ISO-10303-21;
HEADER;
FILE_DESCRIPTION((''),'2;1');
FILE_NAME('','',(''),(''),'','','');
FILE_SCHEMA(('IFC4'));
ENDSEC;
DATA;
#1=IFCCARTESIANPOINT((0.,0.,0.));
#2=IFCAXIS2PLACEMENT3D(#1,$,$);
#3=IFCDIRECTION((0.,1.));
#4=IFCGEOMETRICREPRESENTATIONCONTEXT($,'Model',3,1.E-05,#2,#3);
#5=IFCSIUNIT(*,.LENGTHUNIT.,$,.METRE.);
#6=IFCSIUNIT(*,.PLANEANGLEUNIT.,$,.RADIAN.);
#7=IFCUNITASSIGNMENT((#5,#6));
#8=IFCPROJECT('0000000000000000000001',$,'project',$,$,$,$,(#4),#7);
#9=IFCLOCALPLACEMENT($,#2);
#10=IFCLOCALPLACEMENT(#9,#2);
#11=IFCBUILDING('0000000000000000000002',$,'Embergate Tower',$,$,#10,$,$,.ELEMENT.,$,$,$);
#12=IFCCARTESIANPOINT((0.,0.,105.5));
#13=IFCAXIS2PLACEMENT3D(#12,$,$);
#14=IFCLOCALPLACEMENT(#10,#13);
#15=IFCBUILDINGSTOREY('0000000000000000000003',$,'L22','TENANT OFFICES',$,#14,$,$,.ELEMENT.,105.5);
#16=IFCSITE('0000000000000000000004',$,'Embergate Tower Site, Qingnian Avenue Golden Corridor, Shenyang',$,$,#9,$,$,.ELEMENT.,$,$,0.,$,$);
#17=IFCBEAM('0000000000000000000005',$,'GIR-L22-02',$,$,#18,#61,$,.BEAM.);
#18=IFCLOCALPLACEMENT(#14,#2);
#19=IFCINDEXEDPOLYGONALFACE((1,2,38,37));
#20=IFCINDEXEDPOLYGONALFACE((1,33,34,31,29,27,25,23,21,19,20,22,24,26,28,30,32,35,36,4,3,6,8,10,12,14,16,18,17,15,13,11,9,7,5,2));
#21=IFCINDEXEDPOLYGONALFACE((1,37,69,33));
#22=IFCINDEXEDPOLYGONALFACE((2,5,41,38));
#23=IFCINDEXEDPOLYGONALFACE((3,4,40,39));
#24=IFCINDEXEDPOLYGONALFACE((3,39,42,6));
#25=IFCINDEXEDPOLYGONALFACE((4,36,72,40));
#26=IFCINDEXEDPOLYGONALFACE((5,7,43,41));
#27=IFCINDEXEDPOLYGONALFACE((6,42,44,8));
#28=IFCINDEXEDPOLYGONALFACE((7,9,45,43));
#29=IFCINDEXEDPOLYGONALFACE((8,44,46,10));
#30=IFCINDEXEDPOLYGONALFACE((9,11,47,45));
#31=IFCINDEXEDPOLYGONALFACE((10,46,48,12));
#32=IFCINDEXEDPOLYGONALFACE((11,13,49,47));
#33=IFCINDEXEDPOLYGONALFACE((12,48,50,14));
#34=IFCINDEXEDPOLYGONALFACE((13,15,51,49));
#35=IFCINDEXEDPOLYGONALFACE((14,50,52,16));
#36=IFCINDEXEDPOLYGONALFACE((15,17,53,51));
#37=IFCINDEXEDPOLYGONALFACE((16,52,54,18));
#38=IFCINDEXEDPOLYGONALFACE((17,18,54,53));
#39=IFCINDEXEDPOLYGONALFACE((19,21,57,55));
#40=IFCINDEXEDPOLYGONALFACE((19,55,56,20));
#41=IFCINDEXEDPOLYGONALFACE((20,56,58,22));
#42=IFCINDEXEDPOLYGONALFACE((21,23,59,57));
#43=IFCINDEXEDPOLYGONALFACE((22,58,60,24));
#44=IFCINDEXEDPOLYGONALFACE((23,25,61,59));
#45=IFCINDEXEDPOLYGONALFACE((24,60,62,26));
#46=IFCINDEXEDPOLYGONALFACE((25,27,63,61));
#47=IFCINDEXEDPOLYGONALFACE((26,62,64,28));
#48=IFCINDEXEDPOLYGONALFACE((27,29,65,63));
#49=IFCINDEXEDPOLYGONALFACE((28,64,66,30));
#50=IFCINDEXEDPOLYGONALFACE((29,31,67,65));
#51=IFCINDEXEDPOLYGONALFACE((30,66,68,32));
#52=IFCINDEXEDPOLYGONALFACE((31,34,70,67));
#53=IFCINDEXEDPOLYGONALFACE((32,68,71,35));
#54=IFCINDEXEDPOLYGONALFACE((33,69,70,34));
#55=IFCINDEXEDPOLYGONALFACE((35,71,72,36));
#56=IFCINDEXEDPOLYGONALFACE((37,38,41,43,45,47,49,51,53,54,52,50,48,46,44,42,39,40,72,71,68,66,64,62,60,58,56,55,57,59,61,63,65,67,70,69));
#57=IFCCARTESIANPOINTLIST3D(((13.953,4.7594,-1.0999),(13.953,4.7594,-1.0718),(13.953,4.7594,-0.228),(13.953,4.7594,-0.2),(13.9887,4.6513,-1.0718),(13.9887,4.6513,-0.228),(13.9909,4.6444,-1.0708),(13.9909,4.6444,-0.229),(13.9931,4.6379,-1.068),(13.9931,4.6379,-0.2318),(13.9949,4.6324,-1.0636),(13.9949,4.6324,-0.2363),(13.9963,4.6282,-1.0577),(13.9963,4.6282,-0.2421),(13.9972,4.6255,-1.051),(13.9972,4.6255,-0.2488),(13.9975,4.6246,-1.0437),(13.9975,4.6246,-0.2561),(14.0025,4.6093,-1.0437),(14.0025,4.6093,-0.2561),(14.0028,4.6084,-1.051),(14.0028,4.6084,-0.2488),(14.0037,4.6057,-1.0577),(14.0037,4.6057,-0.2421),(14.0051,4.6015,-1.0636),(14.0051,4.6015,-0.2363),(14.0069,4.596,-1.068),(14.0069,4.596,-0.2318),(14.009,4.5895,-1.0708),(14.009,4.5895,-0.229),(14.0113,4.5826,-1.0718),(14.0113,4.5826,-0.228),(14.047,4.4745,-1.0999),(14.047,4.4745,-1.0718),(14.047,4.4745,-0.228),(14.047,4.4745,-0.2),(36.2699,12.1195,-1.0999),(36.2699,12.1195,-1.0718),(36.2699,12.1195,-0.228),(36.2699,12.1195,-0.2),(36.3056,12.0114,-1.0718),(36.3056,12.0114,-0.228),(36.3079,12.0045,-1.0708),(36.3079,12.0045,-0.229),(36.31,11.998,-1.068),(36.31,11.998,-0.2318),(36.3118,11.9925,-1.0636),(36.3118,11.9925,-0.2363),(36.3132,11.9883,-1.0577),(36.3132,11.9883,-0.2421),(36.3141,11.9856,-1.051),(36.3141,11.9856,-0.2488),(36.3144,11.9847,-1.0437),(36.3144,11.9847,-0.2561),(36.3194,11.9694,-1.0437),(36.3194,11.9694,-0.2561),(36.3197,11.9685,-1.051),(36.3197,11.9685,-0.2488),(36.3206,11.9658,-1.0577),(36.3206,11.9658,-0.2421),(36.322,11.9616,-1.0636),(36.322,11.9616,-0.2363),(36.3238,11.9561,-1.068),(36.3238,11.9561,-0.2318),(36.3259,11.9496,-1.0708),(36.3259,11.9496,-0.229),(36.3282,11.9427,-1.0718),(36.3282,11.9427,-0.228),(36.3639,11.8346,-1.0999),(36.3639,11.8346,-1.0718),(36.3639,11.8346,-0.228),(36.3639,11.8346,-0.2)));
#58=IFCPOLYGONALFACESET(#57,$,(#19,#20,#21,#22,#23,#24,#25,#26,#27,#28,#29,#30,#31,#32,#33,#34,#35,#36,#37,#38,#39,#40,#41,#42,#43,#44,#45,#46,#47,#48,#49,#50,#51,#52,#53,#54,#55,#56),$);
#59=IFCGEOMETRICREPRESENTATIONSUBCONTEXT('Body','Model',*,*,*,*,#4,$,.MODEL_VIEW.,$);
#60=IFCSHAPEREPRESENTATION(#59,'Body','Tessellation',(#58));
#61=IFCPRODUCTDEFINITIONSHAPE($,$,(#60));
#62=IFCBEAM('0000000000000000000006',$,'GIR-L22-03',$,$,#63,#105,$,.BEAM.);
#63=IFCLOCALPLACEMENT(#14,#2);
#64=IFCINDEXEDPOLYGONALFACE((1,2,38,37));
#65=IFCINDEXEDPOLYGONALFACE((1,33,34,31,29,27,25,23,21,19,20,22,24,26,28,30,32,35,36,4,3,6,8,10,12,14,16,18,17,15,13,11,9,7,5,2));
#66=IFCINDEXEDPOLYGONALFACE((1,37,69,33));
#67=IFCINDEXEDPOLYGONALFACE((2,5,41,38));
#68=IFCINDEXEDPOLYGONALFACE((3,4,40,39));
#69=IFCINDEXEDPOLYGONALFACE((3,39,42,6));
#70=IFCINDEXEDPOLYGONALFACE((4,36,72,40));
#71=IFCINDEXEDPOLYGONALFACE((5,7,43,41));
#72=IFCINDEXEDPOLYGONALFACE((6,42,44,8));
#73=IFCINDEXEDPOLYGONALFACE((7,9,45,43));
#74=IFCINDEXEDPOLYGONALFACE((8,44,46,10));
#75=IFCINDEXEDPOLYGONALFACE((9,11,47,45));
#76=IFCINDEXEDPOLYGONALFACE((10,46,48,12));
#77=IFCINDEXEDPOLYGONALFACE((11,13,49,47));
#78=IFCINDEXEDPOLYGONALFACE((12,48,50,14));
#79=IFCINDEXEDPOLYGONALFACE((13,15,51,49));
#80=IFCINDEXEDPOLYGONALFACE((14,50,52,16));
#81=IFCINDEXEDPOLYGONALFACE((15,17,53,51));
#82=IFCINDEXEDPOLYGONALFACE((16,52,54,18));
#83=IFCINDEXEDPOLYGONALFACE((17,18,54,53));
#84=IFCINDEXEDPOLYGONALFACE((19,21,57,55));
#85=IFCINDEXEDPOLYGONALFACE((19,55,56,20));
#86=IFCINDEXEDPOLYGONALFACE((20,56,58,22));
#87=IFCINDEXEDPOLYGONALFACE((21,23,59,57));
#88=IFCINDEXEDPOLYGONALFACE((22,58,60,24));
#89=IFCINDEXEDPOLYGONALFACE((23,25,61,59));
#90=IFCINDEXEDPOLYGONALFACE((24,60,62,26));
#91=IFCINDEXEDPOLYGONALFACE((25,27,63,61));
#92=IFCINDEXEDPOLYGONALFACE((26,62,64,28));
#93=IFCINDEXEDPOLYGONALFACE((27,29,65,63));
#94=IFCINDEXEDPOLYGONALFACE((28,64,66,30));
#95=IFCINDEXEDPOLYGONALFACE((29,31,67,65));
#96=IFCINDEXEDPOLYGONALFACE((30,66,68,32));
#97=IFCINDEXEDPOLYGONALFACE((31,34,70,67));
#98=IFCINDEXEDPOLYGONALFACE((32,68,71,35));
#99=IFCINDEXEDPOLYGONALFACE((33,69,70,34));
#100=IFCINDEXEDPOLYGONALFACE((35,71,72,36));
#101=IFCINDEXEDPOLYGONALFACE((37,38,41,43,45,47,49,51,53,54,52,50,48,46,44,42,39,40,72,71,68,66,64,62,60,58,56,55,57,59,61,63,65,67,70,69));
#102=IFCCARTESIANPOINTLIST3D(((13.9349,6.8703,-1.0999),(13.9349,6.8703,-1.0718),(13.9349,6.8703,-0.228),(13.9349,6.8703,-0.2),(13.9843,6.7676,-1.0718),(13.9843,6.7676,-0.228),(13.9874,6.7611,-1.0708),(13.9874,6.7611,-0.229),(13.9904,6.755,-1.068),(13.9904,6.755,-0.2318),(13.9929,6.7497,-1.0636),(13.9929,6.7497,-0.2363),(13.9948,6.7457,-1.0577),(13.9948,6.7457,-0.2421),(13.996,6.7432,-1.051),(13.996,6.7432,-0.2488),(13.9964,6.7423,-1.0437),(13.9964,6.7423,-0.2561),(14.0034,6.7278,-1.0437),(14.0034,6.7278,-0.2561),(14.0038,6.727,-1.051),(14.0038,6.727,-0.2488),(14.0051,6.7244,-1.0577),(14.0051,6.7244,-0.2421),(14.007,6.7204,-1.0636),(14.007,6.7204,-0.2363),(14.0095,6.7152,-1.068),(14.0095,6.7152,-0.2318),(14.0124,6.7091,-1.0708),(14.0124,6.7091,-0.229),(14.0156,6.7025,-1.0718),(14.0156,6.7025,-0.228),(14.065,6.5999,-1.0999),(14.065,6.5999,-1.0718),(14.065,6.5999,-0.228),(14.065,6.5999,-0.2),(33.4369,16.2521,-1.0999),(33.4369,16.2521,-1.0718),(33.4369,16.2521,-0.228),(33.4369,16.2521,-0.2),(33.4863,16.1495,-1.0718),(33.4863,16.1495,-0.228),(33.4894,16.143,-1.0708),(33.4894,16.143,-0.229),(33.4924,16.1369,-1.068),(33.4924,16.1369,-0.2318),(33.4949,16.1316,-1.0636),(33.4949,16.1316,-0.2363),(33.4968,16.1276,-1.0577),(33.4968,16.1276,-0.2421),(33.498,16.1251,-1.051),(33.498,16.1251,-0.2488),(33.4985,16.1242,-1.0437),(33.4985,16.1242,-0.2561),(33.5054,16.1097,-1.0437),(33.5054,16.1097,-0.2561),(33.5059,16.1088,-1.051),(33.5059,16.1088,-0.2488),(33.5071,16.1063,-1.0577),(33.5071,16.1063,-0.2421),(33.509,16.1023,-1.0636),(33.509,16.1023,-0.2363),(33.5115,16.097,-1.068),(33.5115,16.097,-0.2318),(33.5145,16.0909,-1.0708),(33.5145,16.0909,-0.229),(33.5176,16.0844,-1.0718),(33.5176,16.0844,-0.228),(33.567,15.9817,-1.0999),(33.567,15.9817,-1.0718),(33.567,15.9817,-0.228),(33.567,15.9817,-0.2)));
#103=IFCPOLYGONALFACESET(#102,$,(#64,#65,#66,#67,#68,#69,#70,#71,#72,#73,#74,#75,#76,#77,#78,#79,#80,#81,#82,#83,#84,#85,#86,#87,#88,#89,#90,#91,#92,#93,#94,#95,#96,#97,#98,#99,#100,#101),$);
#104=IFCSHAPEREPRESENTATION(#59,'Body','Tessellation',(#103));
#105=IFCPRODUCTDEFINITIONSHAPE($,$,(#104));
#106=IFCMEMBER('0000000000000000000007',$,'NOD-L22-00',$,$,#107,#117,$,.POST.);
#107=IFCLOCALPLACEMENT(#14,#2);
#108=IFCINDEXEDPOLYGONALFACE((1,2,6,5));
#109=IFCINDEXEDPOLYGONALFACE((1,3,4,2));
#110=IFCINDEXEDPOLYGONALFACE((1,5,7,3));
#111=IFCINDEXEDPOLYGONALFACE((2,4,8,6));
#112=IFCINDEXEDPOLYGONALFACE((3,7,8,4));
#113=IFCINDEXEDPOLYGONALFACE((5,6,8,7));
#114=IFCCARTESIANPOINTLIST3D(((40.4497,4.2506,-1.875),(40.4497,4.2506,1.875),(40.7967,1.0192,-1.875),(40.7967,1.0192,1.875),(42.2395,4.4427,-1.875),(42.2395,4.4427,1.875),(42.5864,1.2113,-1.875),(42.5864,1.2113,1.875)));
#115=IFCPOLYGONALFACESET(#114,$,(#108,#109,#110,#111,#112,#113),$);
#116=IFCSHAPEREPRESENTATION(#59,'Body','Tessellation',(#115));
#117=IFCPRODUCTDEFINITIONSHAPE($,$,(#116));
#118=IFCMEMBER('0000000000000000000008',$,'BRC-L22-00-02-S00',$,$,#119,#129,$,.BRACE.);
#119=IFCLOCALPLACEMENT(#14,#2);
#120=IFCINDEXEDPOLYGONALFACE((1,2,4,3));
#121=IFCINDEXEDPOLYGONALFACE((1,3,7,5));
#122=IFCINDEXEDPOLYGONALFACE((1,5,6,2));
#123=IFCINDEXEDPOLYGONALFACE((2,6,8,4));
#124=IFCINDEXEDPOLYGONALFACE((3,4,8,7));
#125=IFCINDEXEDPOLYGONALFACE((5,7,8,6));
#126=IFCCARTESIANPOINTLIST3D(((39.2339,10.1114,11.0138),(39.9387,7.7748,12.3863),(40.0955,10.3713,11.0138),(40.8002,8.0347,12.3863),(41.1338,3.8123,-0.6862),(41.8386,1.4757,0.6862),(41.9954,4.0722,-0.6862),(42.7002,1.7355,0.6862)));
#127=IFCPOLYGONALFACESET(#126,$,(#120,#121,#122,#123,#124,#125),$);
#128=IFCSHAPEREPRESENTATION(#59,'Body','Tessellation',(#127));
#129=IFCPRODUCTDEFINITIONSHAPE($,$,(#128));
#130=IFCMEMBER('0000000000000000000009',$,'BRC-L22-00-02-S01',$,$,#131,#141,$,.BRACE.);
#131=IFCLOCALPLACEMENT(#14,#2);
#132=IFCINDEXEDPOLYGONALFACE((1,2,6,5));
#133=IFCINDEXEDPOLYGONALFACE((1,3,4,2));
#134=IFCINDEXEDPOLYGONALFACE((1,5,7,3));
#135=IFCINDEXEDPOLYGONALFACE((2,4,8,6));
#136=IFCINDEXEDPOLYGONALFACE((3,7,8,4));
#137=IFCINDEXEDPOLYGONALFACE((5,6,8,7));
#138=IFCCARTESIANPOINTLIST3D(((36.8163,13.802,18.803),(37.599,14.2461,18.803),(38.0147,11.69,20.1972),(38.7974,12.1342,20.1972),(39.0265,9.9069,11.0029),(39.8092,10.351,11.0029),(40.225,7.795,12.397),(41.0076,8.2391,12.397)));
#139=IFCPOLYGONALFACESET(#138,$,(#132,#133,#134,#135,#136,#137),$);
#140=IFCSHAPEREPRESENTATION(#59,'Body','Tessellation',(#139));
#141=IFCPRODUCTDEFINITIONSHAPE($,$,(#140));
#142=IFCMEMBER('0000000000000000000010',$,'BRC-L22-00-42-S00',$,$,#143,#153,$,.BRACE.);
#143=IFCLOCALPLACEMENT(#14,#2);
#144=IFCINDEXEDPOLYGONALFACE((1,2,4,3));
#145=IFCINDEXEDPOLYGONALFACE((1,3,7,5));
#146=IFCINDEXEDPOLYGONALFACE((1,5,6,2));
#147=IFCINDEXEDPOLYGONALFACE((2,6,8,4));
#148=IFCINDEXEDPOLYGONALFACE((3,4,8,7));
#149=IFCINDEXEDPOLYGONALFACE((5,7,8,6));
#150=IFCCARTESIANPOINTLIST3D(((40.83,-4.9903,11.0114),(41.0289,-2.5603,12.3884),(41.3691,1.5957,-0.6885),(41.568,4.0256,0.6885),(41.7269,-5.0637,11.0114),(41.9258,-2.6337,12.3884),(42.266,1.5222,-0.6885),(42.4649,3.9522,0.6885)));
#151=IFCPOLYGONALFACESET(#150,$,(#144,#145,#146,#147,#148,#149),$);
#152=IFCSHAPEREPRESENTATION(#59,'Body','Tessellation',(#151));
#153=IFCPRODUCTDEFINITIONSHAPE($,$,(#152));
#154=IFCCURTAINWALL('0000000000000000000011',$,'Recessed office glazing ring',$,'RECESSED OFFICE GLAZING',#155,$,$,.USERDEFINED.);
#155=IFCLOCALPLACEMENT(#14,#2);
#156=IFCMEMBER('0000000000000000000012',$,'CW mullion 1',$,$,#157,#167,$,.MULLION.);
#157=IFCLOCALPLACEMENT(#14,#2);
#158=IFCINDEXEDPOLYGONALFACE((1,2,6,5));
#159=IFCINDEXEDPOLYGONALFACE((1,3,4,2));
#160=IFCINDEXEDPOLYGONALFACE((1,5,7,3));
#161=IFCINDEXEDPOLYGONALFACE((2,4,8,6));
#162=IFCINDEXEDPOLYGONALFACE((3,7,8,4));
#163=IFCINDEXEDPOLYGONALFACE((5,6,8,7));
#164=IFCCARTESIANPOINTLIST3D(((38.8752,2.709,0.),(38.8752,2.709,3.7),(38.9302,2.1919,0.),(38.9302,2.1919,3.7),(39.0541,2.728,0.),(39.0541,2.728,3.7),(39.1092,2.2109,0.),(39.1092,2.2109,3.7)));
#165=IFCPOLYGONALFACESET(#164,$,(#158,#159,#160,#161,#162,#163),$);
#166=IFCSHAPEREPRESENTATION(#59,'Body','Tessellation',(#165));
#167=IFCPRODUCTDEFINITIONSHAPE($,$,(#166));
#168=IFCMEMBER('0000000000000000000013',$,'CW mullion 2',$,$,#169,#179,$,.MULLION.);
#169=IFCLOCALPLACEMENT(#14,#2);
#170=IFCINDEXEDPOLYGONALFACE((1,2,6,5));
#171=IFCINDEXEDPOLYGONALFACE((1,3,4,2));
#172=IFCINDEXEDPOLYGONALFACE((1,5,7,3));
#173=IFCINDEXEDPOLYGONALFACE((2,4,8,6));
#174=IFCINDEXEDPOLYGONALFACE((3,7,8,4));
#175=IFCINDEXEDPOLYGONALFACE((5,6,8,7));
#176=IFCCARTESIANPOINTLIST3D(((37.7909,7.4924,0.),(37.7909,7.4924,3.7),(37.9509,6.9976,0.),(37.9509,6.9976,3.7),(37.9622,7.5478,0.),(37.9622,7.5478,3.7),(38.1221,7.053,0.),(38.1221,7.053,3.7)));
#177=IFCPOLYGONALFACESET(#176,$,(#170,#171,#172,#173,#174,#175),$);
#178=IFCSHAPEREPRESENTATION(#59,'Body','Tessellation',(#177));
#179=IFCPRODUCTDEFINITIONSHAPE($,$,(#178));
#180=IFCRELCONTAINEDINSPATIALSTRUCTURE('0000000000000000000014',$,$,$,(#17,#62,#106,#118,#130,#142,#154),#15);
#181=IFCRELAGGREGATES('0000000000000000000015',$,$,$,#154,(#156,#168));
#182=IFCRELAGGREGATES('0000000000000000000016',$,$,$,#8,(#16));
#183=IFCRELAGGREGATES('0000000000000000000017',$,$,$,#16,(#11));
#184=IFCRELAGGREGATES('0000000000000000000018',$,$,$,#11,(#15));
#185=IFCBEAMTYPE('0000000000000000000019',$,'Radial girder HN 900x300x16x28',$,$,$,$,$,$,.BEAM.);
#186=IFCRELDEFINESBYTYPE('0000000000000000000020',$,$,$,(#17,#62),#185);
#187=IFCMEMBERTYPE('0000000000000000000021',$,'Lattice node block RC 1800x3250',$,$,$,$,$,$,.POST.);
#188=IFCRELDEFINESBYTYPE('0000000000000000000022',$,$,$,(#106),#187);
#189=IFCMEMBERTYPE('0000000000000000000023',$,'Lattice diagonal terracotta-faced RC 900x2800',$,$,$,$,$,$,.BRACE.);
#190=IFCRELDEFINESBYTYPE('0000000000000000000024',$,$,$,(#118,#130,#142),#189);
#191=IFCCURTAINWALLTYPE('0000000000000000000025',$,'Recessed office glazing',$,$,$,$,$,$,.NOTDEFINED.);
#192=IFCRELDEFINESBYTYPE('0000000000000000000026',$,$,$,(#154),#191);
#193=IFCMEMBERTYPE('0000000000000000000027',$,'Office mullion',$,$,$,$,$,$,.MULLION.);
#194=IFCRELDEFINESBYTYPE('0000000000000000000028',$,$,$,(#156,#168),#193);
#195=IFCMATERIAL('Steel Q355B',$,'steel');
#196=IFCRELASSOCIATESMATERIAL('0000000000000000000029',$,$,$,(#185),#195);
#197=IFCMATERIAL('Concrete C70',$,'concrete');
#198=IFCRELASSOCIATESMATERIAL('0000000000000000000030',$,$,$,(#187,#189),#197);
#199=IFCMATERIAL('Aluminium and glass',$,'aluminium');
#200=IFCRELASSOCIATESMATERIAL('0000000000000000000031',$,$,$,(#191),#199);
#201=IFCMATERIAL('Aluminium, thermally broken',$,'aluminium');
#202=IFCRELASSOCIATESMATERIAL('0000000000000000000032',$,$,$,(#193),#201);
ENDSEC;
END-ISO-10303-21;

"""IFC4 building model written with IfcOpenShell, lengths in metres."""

from ifc_helpers import new_model, si_unit, direction, frame, origin, origin_2d, place, context, subcontext, project, spatial, rectangle, i_section, extrude, source, transform, mapped, material, material_profile, profile_set, type_object, element, aggregate, save


model = new_model("IFC4")

# Units and contexts
model_context = context("Model", 3, precision=1e-05, world=origin(), true_north=direction((0.0, 1.0)))
body_context = subcontext(model_context, "Body", "Model", "MODEL_VIEW")
ifc_project = project(units=[si_unit("LENGTHUNIT", "METRE"), si_unit("PLANEANGLEUNIT", "RADIAN")], contexts=[model_context])

# Site, building, storey
site_placement = place(None, origin())
site = spatial("IfcSite", under=ifc_project, at=site_placement, Name="Embergate Tower Site, Qingnian Avenue Golden Corridor, Shenyang", CompositionType="ELEMENT", RefElevation=0.0)
building_placement = place(site_placement, origin())
building = spatial("IfcBuilding", under=site, at=building_placement, Name="Embergate Tower", CompositionType="ELEMENT")
storey_placement = place(building_placement, frame((0.0, 0.0, 105.5)))
storey = spatial("IfcBuildingStorey", under=building, at=storey_placement, Name="L22", Description="TENANT OFFICES", CompositionType="ELEMENT", Elevation=105.5)

# Shared definitions
ifc_material_1 = material(Name="Concrete C70", Category="concrete")

# Beams
ifc_material_2 = material(Name="Steel Q355B", Category="steel")
ifc_material_profile_1 = material_profile(ifc_material_2, i_section(OverallWidth=0.3, OverallDepth=0.8999, WebThickness=0.0161, FlangeThickness=0.0281, FilletRadius=0.0281, at=origin_2d()), Name="HN 900x300x16x28")
ifc_profile_set_1 = profile_set([ifc_material_profile_1], Name="Steel Q355 grade B")
beam_type_1 = type_object("IfcBeamType", Name="Radial girder HN 900x300x16x28", PredefinedType="BEAM", material=ifc_profile_set_1)
shared_shape_1 = source(origin(), body_context, "Body", "SweptSolid", [
    extrude(i_section(OverallWidth=0.3, OverallDepth=0.8999, WebThickness=0.0161, FlangeThickness=0.0281, FilletRadius=0.0281, at=origin_2d()), origin(), (0.0, 0.0, 1.0), 23.4993),
])
beam_1_placement = place(storey_placement, frame((36.3169, 11.9771, -0.6499), z_axis=(-0.949685, -0.313206, 0.0), x_axis=(0.313206, -0.949685, 0.0)))
element("IfcBeam", 1, at=beam_1_placement, inside=storey, type_object=beam_type_1, Name="GIR-L22-02", PredefinedType="BEAM", context=body_context, shape_type="MappedRepresentation", body=[
    mapped(shared_shape_1, transform((0.0, 0.0, 0.0))),
])
shared_shape_2 = source(origin(), body_context, "Body", "SweptSolid", [
    extrude(i_section(OverallWidth=0.3, OverallDepth=0.8999, WebThickness=0.0161, FlangeThickness=0.0281, FilletRadius=0.0281, at=origin_2d()), origin(), (0.0, 0.0, 1.0), 21.6414),
])
beam_2_placement = place(storey_placement, frame((33.502, 16.1169, -0.6499), z_axis=(-0.901146, -0.433516, 0.0), x_axis=(0.433516, -0.901146, 0.0)))
element("IfcBeam", 2, at=beam_2_placement, inside=storey, type_object=beam_type_1, Name="GIR-L22-03", PredefinedType="BEAM", context=body_context, shape_type="MappedRepresentation", body=[
    mapped(shared_shape_2, transform((0.0, 0.0, 0.0))),
])

# Members
ifc_material_profile_2 = material_profile(ifc_material_1, rectangle(XDim=1.8, YDim=3.25, at=origin_2d()), Name="RC 1800x3250")
ifc_profile_set_2 = profile_set([ifc_material_profile_2], Name="Concrete C70")
member_type_1 = type_object("IfcMemberType", Name="Lattice node block RC 1800x3250", PredefinedType="POST", material=ifc_profile_set_2)
shared_shape_3 = source(origin(), body_context, "Body", "SweptSolid", [
    extrude(rectangle(XDim=1.8, YDim=3.25, at=origin_2d()), origin(), (0.0, 0.0, 1.0), 3.75),
])
member_1_placement = place(storey_placement, frame((41.5181, 2.731, -1.875), z_axis=(0.0, 0.0, 1.0), x_axis=(0.994286, 0.10675, 0.0)))
element("IfcMember", 3, at=member_1_placement, inside=storey, type_object=member_type_1, Name="NOD-L22-00", PredefinedType="POST", context=body_context, shape_type="MappedRepresentation", body=[
    mapped(shared_shape_3, transform((0.0, 0.0, 0.0))),
])
ifc_material_profile_3 = material_profile(ifc_material_1, rectangle(XDim=0.8999, YDim=2.8, at=origin_2d()), Name="RC 900x2800")
ifc_profile_set_3 = profile_set([ifc_material_profile_3], Name="Concrete C70")
member_type_2 = type_object("IfcMemberType", Name="Lattice diagonal terracotta-faced RC 900x2800", PredefinedType="BRACE", material=ifc_profile_set_3)
shared_shape_4 = source(origin(), body_context, "Body", "SweptSolid", [
    extrude(rectangle(XDim=0.8999, YDim=2.8, at=origin_2d()), origin(), (0.0, 0.0, 1.0), 13.4231),
])
member_2_placement = place(storey_placement, frame((41.917, 2.7739, 0.0), z_axis=(-0.141541, 0.469275, 0.871635), x_axis=(-0.957399, -0.288767, 0.0)))
element("IfcMember", 4, at=member_2_placement, inside=storey, type_object=member_type_2, Name="BRC-L22-00-02-S00", PredefinedType="BRACE", context=body_context, shape_type="MappedRepresentation", body=[
    mapped(shared_shape_4, transform((0.0, 0.0, 0.0))),
])
shared_shape_5 = source(origin(), body_context, "Body", "SweptSolid", [
    extrude(rectangle(XDim=0.8999, YDim=2.8, at=origin_2d()), origin(), (0.0, 0.0, 1.0), 8.9944),
])
member_3_placement = place(storey_placement, frame((40.0171, 9.073, 11.7), z_axis=(-0.245735, 0.433056, 0.867224), x_axis=(-0.869732, -0.493524, 0.0)))
element("IfcMember", 5, at=member_3_placement, inside=storey, type_object=member_type_2, Name="BRC-L22-00-02-S01", PredefinedType="BRACE", context=body_context, shape_type="MappedRepresentation", body=[
    mapped(shared_shape_5, transform((0.0, 0.0, 0.0))),
])
shared_shape_6 = source(origin(), body_context, "Body", "SweptSolid", [
    extrude(rectangle(XDim=0.8999, YDim=2.8, at=origin_2d()), origin(), (0.0, 0.0, 1.0), 13.437),
])
member_4_placement = place(storey_placement, frame((41.917, 2.7739, 0.0), z_axis=(-0.040118, -0.490133, 0.870724), x_axis=(0.996667, -0.081578, 0.0)))
element("IfcMember", 6, at=member_4_placement, inside=storey, type_object=member_type_2, Name="BRC-L22-00-42-S00", PredefinedType="BRACE", context=body_context, shape_type="MappedRepresentation", body=[
    mapped(shared_shape_6, transform((0.0, 0.0, 0.0))),
])

# Curtain wall, members
ifc_material_3 = material(Name="Aluminium and glass", Category="aluminium")
curtain_wall_type = type_object("IfcCurtainWallType", Name="Recessed office glazing", PredefinedType="NOTDEFINED", material=ifc_material_3)
curtain_wall_placement = place(storey_placement, origin())
curtain_wall = element("IfcCurtainWall", 7, at=curtain_wall_placement, inside=storey, type_object=curtain_wall_type, Name="Recessed office glazing ring", ObjectType="RECESSED OFFICE GLAZING", PredefinedType="USERDEFINED")
ifc_material_4 = material(Name="Aluminium, thermally broken", Category="aluminium")
ifc_material_profile_4 = material_profile(ifc_material_4, rectangle(XDim=0.1799, YDim=0.52, at=origin_2d()), Name="AL 520x180")
ifc_profile_set_4 = profile_set([ifc_material_profile_4], Name="Aluminium, thermally broken")
member_type_3 = type_object("IfcMemberType", Name="Office mullion", PredefinedType="MULLION", material=ifc_profile_set_4)
shared_shape_7 = source(origin(), body_context, "Body", "SweptSolid", [
    extrude(rectangle(XDim=0.1799, YDim=0.52, at=origin_2d()), origin(), (0.0, 0.0, 1.0), 3.7),
])
member_5_placement = place(storey_placement, frame((38.9922, 2.46, 0.0), z_axis=(0.0, 0.0, 1.0), x_axis=(-0.994385, -0.10582, 0.0)))
member_5 = element("IfcMember", 8, at=member_5_placement, type_object=member_type_3, Name="CW mullion 1", PredefinedType="MULLION", context=body_context, shape_type="MappedRepresentation", body=[
    mapped(shared_shape_7, transform((0.0, 0.0, 0.0))),
])
member_6_placement = place(storey_placement, frame((37.9565, 7.2727, 0.0), z_axis=(0.0, 0.0, 1.0), x_axis=(-0.951502, -0.307644, 0.0)))
member_6 = element("IfcMember", 9, at=member_6_placement, type_object=member_type_3, Name="CW mullion 2", PredefinedType="MULLION", context=body_context, shape_type="MappedRepresentation", body=[
    mapped(shared_shape_7, transform((0.0, 0.0, 0.0))),
])
aggregate(curtain_wall, [member_5, member_6])

save(model, "model.ifc")
